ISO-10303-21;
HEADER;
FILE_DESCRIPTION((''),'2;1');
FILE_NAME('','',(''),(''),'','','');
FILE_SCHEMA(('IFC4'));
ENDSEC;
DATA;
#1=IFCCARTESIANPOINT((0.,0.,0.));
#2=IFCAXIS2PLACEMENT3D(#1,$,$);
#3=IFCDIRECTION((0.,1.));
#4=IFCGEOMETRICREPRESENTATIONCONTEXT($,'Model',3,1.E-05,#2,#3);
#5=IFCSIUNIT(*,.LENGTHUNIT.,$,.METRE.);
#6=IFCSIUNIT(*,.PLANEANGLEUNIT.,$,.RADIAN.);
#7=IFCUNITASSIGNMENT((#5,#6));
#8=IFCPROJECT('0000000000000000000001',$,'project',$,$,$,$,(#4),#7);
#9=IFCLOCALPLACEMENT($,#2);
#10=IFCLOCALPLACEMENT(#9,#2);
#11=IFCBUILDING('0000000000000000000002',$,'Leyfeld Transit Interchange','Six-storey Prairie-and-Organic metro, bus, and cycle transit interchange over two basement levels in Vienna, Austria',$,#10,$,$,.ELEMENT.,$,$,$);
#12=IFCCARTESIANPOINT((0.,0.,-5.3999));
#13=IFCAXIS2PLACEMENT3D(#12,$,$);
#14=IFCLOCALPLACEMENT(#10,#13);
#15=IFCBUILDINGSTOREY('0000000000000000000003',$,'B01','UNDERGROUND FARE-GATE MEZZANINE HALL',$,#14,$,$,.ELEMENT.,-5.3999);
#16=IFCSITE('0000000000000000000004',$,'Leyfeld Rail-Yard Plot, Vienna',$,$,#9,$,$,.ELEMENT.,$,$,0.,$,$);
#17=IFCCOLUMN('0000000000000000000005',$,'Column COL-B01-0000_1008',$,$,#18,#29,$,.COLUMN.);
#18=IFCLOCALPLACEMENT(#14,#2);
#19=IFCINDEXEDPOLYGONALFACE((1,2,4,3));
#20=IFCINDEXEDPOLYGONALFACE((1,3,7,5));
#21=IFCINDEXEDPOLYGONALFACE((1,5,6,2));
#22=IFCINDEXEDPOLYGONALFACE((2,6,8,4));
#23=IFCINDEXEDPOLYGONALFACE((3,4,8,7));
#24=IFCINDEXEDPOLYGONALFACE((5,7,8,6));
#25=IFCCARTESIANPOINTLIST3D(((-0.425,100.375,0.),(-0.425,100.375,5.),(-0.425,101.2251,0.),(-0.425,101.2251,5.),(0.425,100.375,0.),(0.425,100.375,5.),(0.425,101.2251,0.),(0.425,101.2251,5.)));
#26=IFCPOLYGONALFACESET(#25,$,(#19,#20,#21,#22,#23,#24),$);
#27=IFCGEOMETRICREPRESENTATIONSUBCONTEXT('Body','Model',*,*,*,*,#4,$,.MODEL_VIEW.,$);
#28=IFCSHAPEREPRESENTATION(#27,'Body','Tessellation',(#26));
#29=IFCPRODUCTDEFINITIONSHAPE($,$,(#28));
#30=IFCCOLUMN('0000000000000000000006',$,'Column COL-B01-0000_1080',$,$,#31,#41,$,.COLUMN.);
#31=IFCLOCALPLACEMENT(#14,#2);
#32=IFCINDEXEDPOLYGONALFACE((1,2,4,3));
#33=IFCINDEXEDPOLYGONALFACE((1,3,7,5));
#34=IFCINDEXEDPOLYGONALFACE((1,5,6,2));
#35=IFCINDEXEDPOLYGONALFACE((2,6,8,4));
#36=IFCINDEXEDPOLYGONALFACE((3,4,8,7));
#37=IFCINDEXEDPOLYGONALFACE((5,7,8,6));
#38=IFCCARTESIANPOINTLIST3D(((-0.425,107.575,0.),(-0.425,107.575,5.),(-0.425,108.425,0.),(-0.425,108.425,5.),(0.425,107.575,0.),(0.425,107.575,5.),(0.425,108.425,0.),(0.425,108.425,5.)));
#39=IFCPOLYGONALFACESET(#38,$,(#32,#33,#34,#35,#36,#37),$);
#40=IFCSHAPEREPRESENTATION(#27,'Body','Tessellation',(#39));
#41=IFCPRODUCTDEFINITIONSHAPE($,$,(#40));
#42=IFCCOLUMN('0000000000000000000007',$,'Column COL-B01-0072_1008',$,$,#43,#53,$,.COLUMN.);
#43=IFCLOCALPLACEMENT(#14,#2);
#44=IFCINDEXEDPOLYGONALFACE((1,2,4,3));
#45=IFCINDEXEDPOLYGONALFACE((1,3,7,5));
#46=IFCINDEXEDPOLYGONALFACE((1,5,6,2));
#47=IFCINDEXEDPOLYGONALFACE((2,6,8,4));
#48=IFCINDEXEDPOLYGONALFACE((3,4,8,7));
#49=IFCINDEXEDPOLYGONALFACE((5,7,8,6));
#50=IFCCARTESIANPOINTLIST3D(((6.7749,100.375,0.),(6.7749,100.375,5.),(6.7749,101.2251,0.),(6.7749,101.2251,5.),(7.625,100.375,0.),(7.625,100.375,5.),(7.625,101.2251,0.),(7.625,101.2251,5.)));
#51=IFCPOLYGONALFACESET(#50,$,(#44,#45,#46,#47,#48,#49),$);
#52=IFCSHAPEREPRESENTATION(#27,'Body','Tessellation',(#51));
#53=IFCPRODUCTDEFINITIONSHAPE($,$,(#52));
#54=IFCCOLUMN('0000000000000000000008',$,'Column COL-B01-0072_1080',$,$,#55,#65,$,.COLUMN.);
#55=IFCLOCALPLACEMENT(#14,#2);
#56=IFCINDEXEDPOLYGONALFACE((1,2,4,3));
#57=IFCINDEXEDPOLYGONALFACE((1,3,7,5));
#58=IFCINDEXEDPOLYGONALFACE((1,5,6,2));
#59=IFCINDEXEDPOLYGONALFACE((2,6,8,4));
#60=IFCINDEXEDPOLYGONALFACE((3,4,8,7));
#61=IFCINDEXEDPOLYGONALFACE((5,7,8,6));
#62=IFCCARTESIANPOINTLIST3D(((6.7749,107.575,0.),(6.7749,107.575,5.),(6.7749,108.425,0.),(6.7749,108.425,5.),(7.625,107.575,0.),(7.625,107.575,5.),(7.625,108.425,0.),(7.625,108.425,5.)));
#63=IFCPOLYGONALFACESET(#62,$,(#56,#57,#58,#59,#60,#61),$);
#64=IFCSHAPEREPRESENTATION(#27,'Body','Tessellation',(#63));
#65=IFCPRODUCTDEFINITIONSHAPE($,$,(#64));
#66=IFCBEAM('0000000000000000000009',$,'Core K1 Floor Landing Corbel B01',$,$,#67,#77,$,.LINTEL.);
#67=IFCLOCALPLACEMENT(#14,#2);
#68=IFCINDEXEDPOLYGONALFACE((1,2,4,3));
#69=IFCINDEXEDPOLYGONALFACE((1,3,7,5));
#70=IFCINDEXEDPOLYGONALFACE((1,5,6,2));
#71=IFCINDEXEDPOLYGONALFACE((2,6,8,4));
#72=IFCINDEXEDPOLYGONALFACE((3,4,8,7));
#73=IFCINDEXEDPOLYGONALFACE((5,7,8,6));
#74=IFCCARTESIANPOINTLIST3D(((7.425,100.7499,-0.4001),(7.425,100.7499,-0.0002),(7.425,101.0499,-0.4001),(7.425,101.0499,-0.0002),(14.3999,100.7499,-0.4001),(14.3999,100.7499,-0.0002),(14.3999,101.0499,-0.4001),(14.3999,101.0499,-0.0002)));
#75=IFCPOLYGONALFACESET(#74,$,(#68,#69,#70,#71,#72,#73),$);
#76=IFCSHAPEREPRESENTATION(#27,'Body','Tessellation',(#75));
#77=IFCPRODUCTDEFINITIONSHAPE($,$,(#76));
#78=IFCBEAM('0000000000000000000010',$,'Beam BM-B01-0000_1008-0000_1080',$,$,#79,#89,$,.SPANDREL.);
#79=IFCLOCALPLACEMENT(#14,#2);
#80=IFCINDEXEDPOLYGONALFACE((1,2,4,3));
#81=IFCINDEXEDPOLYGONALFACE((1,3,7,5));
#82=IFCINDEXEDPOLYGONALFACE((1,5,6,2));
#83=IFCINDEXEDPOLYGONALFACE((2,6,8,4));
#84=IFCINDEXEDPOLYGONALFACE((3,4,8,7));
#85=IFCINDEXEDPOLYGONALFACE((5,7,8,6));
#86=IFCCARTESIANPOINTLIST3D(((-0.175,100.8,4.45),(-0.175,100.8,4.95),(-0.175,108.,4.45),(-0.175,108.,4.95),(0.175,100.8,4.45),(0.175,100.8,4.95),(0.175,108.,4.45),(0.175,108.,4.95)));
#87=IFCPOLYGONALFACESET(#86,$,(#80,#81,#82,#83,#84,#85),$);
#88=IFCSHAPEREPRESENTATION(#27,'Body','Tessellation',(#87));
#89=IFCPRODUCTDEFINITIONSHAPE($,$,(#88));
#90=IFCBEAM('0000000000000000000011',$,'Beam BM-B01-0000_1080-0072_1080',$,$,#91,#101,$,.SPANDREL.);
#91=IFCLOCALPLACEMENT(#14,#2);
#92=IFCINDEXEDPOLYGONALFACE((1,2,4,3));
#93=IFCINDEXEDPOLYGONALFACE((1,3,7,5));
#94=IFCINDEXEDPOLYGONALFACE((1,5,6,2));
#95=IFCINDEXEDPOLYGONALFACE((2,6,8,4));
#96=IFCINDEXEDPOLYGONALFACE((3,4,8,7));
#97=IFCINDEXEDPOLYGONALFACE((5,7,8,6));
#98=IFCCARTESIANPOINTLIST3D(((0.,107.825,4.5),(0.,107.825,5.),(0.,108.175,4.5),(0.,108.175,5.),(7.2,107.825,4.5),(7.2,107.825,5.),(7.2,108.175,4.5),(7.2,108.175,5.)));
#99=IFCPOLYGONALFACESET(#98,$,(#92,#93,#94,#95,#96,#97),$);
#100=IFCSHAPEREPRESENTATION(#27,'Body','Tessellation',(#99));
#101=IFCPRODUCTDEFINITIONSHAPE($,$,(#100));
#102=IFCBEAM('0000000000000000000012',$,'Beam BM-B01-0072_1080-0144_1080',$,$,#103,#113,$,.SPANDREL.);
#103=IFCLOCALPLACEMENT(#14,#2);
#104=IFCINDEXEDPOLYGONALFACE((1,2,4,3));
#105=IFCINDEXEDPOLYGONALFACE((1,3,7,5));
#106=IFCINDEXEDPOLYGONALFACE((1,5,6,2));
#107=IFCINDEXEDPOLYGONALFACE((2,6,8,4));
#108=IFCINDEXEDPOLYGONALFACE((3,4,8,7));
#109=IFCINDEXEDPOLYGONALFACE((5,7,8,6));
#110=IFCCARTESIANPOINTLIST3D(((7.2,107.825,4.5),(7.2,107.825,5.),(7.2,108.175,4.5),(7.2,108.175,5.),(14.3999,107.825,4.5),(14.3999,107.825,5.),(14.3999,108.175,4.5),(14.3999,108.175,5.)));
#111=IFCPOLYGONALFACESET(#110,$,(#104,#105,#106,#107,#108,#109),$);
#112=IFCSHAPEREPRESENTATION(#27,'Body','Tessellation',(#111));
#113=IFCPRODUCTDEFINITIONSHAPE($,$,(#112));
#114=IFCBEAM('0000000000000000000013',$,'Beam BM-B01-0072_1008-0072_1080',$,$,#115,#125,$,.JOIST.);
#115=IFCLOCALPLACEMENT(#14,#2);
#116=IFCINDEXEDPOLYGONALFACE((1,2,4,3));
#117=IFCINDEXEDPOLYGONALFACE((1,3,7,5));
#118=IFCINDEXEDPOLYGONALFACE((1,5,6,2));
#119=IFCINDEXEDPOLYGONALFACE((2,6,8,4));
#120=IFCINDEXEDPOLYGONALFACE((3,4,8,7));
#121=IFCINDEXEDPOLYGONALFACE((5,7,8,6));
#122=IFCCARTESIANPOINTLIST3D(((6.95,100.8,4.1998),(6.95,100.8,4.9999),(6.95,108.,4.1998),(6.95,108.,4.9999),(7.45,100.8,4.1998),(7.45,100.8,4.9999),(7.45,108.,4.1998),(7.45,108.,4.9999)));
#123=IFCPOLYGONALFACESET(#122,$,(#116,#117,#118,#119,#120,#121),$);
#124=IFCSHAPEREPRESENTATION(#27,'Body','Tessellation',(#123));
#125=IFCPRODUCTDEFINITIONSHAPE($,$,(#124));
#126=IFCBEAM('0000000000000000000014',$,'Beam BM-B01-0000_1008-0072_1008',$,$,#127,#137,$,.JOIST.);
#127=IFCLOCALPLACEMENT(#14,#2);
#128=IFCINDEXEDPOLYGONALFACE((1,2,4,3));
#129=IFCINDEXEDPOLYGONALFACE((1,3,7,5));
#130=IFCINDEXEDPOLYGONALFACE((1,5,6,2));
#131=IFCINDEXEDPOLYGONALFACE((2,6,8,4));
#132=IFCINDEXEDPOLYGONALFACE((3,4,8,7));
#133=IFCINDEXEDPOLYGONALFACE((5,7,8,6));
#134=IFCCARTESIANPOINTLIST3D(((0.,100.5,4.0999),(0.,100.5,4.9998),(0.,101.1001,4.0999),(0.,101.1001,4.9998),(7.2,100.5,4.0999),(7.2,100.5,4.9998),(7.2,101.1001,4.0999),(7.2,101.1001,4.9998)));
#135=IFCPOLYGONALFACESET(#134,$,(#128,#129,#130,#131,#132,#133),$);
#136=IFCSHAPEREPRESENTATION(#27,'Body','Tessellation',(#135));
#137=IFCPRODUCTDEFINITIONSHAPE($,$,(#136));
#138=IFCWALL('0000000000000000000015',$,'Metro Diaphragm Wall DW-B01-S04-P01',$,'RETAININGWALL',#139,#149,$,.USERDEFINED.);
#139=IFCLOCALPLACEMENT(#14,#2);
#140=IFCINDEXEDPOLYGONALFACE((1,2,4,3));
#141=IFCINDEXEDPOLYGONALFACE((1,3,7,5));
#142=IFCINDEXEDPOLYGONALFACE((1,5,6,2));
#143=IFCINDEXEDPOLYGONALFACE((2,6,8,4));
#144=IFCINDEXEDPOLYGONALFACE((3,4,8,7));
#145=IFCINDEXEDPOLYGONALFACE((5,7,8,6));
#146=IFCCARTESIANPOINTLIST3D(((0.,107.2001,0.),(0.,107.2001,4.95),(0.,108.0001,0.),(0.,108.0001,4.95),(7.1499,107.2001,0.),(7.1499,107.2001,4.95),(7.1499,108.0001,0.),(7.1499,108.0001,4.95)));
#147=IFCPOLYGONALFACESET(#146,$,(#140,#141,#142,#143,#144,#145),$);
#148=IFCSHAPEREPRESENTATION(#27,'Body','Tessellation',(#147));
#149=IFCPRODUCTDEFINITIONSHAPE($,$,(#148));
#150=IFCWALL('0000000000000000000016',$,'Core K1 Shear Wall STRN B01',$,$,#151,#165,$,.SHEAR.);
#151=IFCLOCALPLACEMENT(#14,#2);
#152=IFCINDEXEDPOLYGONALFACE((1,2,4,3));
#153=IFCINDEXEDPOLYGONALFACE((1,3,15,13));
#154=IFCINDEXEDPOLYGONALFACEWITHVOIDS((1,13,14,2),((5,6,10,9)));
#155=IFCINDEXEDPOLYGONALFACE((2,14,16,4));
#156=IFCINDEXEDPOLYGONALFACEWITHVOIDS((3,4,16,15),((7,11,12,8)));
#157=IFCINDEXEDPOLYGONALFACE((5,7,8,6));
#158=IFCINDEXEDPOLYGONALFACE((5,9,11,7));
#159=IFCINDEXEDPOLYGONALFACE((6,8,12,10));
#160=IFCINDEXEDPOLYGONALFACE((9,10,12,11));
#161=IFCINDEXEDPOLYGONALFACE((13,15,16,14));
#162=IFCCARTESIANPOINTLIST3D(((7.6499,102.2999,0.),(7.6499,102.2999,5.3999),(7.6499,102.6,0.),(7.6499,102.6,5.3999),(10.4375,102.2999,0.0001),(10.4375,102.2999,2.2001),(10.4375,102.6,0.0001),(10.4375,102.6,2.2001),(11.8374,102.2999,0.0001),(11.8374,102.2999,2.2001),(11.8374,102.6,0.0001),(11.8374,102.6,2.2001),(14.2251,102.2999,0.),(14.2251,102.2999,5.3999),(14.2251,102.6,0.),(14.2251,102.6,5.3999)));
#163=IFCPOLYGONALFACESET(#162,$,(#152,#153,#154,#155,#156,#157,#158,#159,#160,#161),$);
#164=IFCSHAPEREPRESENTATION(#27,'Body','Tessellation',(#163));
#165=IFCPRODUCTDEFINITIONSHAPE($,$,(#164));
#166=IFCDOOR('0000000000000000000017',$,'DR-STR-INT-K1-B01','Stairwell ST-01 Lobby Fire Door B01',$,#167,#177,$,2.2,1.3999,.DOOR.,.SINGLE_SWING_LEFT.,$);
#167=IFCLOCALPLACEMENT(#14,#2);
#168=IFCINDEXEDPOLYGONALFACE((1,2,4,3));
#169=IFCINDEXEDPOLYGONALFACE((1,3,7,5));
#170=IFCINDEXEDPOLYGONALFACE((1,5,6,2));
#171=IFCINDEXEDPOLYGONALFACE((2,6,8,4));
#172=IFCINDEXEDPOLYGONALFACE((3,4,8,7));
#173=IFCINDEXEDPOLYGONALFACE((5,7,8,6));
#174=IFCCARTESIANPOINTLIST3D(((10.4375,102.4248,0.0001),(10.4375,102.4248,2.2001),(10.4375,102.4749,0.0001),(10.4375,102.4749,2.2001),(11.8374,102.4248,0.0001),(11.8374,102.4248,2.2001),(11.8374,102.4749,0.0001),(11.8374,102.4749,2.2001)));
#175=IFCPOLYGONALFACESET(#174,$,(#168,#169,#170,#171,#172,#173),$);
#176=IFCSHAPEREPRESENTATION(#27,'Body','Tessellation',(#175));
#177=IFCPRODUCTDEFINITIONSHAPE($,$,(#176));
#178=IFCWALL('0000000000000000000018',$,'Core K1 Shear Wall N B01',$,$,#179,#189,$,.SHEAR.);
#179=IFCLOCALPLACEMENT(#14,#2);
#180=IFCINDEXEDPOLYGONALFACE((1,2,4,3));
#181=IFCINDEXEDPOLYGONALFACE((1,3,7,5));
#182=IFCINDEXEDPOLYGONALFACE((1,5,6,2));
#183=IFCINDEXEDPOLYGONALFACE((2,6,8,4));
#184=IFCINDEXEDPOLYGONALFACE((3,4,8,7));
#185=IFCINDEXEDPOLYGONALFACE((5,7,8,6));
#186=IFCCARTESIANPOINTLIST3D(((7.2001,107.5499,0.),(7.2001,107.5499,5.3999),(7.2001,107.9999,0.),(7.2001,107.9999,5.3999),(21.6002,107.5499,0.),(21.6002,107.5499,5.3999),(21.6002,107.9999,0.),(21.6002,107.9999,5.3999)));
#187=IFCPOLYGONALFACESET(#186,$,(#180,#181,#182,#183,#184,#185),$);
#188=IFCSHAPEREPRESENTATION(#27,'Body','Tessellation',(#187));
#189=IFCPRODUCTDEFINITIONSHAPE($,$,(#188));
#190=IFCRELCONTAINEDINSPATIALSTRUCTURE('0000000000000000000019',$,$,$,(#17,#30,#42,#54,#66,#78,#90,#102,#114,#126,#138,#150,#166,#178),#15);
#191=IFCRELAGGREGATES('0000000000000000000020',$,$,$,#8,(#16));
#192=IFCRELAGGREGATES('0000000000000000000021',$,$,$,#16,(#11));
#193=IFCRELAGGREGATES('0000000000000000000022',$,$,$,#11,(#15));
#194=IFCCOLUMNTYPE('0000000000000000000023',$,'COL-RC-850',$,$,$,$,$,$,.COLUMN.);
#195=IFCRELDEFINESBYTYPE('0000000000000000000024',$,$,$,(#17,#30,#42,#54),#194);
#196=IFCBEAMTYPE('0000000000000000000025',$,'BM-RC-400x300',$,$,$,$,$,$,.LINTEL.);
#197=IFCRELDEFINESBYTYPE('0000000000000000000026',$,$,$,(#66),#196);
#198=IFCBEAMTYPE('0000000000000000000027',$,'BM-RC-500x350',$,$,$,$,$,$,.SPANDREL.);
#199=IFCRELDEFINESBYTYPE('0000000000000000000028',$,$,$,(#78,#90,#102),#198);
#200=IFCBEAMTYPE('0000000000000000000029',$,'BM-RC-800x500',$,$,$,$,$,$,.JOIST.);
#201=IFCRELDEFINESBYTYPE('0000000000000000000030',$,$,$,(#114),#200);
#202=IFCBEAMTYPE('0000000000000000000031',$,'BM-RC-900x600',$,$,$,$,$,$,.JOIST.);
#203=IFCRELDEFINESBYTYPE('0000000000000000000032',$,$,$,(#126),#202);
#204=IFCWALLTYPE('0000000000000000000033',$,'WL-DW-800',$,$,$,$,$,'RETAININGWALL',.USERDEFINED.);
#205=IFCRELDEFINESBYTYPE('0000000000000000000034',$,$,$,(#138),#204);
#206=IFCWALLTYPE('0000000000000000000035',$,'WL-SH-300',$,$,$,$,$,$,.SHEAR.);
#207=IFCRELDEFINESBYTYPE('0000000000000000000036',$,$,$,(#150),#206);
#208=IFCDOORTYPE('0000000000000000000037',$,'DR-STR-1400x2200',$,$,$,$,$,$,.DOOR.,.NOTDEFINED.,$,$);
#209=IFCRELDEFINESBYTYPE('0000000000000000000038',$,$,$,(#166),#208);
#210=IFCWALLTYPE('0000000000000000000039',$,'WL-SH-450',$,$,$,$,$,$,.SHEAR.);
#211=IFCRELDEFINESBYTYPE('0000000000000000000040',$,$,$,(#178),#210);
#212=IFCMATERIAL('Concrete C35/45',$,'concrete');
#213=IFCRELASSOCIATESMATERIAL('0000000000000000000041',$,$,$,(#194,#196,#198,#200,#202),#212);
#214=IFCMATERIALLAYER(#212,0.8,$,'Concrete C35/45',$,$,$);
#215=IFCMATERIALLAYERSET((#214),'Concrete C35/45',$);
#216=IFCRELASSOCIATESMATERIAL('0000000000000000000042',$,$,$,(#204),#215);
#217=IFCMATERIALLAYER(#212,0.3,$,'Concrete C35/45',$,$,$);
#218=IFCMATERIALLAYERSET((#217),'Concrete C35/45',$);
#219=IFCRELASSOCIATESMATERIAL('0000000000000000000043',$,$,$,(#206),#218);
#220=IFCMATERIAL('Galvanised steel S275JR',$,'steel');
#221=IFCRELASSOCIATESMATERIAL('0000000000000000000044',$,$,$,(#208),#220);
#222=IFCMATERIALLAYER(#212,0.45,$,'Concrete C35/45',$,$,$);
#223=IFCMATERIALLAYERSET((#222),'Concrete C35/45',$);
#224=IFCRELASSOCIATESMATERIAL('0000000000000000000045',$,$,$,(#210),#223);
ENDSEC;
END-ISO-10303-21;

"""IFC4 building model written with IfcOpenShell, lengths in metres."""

from ifc_helpers import new_model, si_unit, direction, frame, frame_2d, origin, origin_2d, place, context, subcontext, project, spatial, rectangle, extrude, material, layer, layer_set, material_profile, profile_set, type_object, element, fill, save


model = new_model("IFC4")

# Units and contexts
model_context = context("Model", 3, precision=1e-05, world=origin(), true_north=direction((0.0, 1.0)))
body_context = subcontext(model_context, "Body", "Model", "MODEL_VIEW")
ifc_project = project(units=[si_unit("LENGTHUNIT", "METRE"), si_unit("PLANEANGLEUNIT", "RADIAN")], contexts=[model_context])

# Site, building, storey
site_placement = place(None, origin())
site = spatial("IfcSite", under=ifc_project, at=site_placement, Name="Leyfeld Rail-Yard Plot, Vienna", CompositionType="ELEMENT", RefElevation=0.0)
building_placement = place(site_placement, origin())
building = spatial("IfcBuilding", under=site, at=building_placement, Name="Leyfeld Transit Interchange", Description="Six-storey Prairie-and-Organic metro, bus, and cycle transit interchange over two basement levels in Vienna, Austria", CompositionType="ELEMENT")
storey_placement = place(building_placement, frame((0.0, 0.0, -5.3999)))
storey = spatial("IfcBuildingStorey", under=building, at=storey_placement, Name="B01", Description="UNDERGROUND FARE-GATE MEZZANINE HALL", CompositionType="ELEMENT", Elevation=-5.3999)

# Columns
ifc_material_1 = material(Name="Concrete C35/45", Category="concrete")
ifc_material_profile_1 = material_profile(ifc_material_1, rectangle(XDim=0.8501, YDim=0.8501, at=origin_2d()), Name="RC 850x850")
ifc_profile_set_1 = profile_set([ifc_material_profile_1], Name="Concrete C35/45")
column_type = type_object("IfcColumnType", Name="COL-RC-850", PredefinedType="COLUMN", material=ifc_profile_set_1)
for number, where, z_axis, x_axis, name in (
    (1, (0.0, 100.8, 0.0), (0.0, 0.0, 1.0), (1.0, 0.0, 0.0), "Column COL-B01-0000_1008"),
    (2, (0.0, 108.0, 0.0), (0.0, 0.0, 1.0), (1.0, 0.0, 0.0), "Column COL-B01-0000_1080"),
    (3, (7.2, 100.8, 0.0), (0.0, 0.0, 1.0), (1.0, 0.0, 0.0), "Column COL-B01-0072_1008"),
    (4, (7.2, 108.0, 0.0), (0.0, 0.0, 1.0), (1.0, 0.0, 0.0), "Column COL-B01-0072_1080"),
):
    element("IfcColumn", number, at=place(storey_placement, frame(where, z_axis=z_axis, x_axis=x_axis)), inside=storey, type_object=column_type, Name=name, PredefinedType="COLUMN", context=body_context, shape_type="SweptSolid", body=[
        extrude(rectangle(XDim=0.8501, YDim=0.8501, at=origin_2d()), origin(), (0.0, 0.0, 1.0), 5.0),
    ])

# Beams
ifc_material_profile_2 = material_profile(ifc_material_1, rectangle(XDim=0.3, YDim=0.3999, at=origin_2d()), Name="RC 400x300")
ifc_profile_set_2 = profile_set([ifc_material_profile_2], Name="Concrete C35/45")
beam_type_1 = type_object("IfcBeamType", Name="BM-RC-400x300", PredefinedType="LINTEL", material=ifc_profile_set_2)
beam_1_placement = place(storey_placement, frame((7.425, 100.8999, -0.2002), z_axis=(1.0, 0.0, 0.0), x_axis=(0.0, 1.0, 0.0)))
element("IfcBeam", 5, at=beam_1_placement, inside=storey, type_object=beam_type_1, Name="Core K1 Floor Landing Corbel B01", PredefinedType="LINTEL", context=body_context, shape_type="SweptSolid", body=[
    extrude(rectangle(XDim=0.3, YDim=0.3999, at=origin_2d()), origin(), (0.0, 0.0, 1.0), 6.9749),
])
ifc_material_profile_3 = material_profile(ifc_material_1, rectangle(XDim=0.3501, YDim=0.5, at=origin_2d()), Name="RC 500x350")
ifc_profile_set_3 = profile_set([ifc_material_profile_3], Name="Concrete C35/45")
beam_type_2 = type_object("IfcBeamType", Name="BM-RC-500x350", PredefinedType="SPANDREL", material=ifc_profile_set_3)
for number, where, z_axis, x_axis, name in (
    (6, (0.0, 100.8, 4.7), (0.0, 1.0, 0.0), (-1.0, 0.0, 0.0), "Beam BM-B01-0000_1008-0000_1080"),
    (7, (0.0, 108.0, 4.75), (1.0, 0.0, 0.0), (0.0, 1.0, 0.0), "Beam BM-B01-0000_1080-0072_1080"),
    (8, (7.2, 108.0, 4.75), (1.0, 0.0, 0.0), (0.0, 1.0, 0.0), "Beam BM-B01-0072_1080-0144_1080"),
):
    element("IfcBeam", number, at=place(storey_placement, frame(where, z_axis=z_axis, x_axis=x_axis)), inside=storey, type_object=beam_type_2, Name=name, PredefinedType="SPANDREL", context=body_context, shape_type="SweptSolid", body=[
        extrude(rectangle(XDim=0.3501, YDim=0.5, at=origin_2d()), origin(), (0.0, 0.0, 1.0), 7.2),
    ])
ifc_material_profile_4 = material_profile(ifc_material_1, rectangle(XDim=0.5, YDim=0.8, at=origin_2d()), Name="RC 800x500")
ifc_profile_set_4 = profile_set([ifc_material_profile_4], Name="Concrete C35/45")
beam_type_3 = type_object("IfcBeamType", Name="BM-RC-800x500", PredefinedType="JOIST", material=ifc_profile_set_4)
beam_2_placement = place(storey_placement, frame((7.2, 100.8, 4.5999), z_axis=(0.0, 1.0, 0.0), x_axis=(-1.0, 0.0, 0.0)))
element("IfcBeam", 9, at=beam_2_placement, inside=storey, type_object=beam_type_3, Name="Beam BM-B01-0072_1008-0072_1080", PredefinedType="JOIST", context=body_context, shape_type="SweptSolid", body=[
    extrude(rectangle(XDim=0.5, YDim=0.8, at=origin_2d()), origin(), (0.0, 0.0, 1.0), 7.2),
])
ifc_material_profile_5 = material_profile(ifc_material_1, rectangle(XDim=0.6001, YDim=0.8999, at=origin_2d()), Name="RC 900x600")
ifc_profile_set_5 = profile_set([ifc_material_profile_5], Name="Concrete C35/45")
beam_type_4 = type_object("IfcBeamType", Name="BM-RC-900x600", PredefinedType="JOIST", material=ifc_profile_set_5)
beam_3_placement = place(storey_placement, frame((0.0, 100.8, 4.5498), z_axis=(1.0, 0.0, 0.0), x_axis=(0.0, 1.0, 0.0)))
element("IfcBeam", 10, at=beam_3_placement, inside=storey, type_object=beam_type_4, Name="Beam BM-B01-0000_1008-0072_1008", PredefinedType="JOIST", context=body_context, shape_type="SweptSolid", body=[
    extrude(rectangle(XDim=0.6001, YDim=0.8999, at=origin_2d()), origin(), (0.0, 0.0, 1.0), 7.2),
])

# Wall
ifc_layer_1 = layer(ifc_material_1, 0.8, Name="Concrete C35/45")
ifc_layer_set_1 = layer_set([ifc_layer_1], Name="Concrete C35/45")
wall_type_1 = type_object("IfcWallType", Name="WL-DW-800", ElementType="RETAININGWALL", PredefinedType="USERDEFINED", material=ifc_layer_set_1)
wall_1_placement = place(storey_placement, frame((0.0, 107.6001, 0.0), z_axis=(0.0, 0.0, 1.0), x_axis=(1.0, 0.0, 0.0)))
element("IfcWall", 11, at=wall_1_placement, inside=storey, type_object=wall_type_1, Name="Metro Diaphragm Wall DW-B01-S04-P01", ObjectType="RETAININGWALL", PredefinedType="USERDEFINED", context=body_context, shape_type="SweptSolid", body=[
    extrude(rectangle(XDim=7.1499, YDim=0.8, at=frame_2d((3.575, 0.0))), origin(), (0.0, 0.0, 1.0), 4.95),
])

# Wall, opening, door
ifc_layer_2 = layer(ifc_material_1, 0.3, Name="Concrete C35/45")
ifc_layer_set_2 = layer_set([ifc_layer_2], Name="Concrete C35/45")
wall_type_2 = type_object("IfcWallType", Name="WL-SH-300", PredefinedType="SHEAR", material=ifc_layer_set_2)
wall_2_placement = place(storey_placement, frame((7.6499, 102.45, 0.0), z_axis=(0.0, 0.0, 1.0), x_axis=(1.0, 0.0, 0.0)))
wall_2 = element("IfcWall", 12, at=wall_2_placement, inside=storey, type_object=wall_type_2, Name="Core K1 Shear Wall STRN B01", PredefinedType="SHEAR", context=body_context, shape_type="SweptSolid", body=[
    extrude(rectangle(XDim=6.5752, YDim=0.3, at=frame_2d((3.2876, 0.0))), origin(), (0.0, 0.0, 1.0), 5.3999),
])
opening_placement = place(wall_2_placement, frame((2.7876, 0.0, 0.0)))
opening = element("IfcOpeningElement", 13, at=opening_placement, cuts=wall_2, PredefinedType="OPENING", context=body_context, shape_type="SweptSolid", body=[
    extrude(rectangle(XDim=1.3999, YDim=2.2, at=frame_2d((0.7, 1.1001))), frame((0.0, 0.1599, 0.0), z_axis=(0.0, -1.0, 0.0), x_axis=(1.0, 0.0, 0.0)), (0.0, 0.0, 1.0), 0.3201),
])
ifc_material_2 = material(Name="Galvanised steel S275JR", Category="steel")
door_type = type_object("IfcDoorType", Name="DR-STR-1400x2200", OperationType="NOTDEFINED", PredefinedType="DOOR", material=ifc_material_2)
door_placement = place(opening_placement, origin())
door = element("IfcDoor", 14, at=door_placement, inside=storey, type_object=door_type, Name="DR-STR-INT-K1-B01", Description="Stairwell ST-01 Lobby Fire Door B01", OperationType="SINGLE_SWING_LEFT", OverallHeight=2.2, OverallWidth=1.3999, PredefinedType="DOOR", context=body_context, shape_type="SweptSolid", body=[
    extrude(rectangle(XDim=1.3999, YDim=2.2, at=frame_2d((0.7, 1.1001))), frame((0.0, 0.0249, 0.0), z_axis=(0.0, -1.0, 0.0), x_axis=(1.0, 0.0, 0.0)), (0.0, 0.0, 1.0), 0.05),
])
fill(opening, door)

# Wall
ifc_layer_3 = layer(ifc_material_1, 0.45, Name="Concrete C35/45")
ifc_layer_set_3 = layer_set([ifc_layer_3], Name="Concrete C35/45")
wall_type_3 = type_object("IfcWallType", Name="WL-SH-450", PredefinedType="SHEAR", material=ifc_layer_set_3)
wall_3_placement = place(storey_placement, frame((7.2, 107.7749, 0.0), z_axis=(0.0, 0.0, 1.0), x_axis=(1.0, 0.0, 0.0)))
element("IfcWall", 15, at=wall_3_placement, inside=storey, type_object=wall_type_3, Name="Core K1 Shear Wall N B01", PredefinedType="SHEAR", context=body_context, shape_type="SweptSolid", body=[
    extrude(rectangle(XDim=14.4001, YDim=0.45, at=frame_2d((7.2002, 0.0))), origin(), (0.0, 0.0, 1.0), 5.3999),
])

save(model, "model.ifc")
